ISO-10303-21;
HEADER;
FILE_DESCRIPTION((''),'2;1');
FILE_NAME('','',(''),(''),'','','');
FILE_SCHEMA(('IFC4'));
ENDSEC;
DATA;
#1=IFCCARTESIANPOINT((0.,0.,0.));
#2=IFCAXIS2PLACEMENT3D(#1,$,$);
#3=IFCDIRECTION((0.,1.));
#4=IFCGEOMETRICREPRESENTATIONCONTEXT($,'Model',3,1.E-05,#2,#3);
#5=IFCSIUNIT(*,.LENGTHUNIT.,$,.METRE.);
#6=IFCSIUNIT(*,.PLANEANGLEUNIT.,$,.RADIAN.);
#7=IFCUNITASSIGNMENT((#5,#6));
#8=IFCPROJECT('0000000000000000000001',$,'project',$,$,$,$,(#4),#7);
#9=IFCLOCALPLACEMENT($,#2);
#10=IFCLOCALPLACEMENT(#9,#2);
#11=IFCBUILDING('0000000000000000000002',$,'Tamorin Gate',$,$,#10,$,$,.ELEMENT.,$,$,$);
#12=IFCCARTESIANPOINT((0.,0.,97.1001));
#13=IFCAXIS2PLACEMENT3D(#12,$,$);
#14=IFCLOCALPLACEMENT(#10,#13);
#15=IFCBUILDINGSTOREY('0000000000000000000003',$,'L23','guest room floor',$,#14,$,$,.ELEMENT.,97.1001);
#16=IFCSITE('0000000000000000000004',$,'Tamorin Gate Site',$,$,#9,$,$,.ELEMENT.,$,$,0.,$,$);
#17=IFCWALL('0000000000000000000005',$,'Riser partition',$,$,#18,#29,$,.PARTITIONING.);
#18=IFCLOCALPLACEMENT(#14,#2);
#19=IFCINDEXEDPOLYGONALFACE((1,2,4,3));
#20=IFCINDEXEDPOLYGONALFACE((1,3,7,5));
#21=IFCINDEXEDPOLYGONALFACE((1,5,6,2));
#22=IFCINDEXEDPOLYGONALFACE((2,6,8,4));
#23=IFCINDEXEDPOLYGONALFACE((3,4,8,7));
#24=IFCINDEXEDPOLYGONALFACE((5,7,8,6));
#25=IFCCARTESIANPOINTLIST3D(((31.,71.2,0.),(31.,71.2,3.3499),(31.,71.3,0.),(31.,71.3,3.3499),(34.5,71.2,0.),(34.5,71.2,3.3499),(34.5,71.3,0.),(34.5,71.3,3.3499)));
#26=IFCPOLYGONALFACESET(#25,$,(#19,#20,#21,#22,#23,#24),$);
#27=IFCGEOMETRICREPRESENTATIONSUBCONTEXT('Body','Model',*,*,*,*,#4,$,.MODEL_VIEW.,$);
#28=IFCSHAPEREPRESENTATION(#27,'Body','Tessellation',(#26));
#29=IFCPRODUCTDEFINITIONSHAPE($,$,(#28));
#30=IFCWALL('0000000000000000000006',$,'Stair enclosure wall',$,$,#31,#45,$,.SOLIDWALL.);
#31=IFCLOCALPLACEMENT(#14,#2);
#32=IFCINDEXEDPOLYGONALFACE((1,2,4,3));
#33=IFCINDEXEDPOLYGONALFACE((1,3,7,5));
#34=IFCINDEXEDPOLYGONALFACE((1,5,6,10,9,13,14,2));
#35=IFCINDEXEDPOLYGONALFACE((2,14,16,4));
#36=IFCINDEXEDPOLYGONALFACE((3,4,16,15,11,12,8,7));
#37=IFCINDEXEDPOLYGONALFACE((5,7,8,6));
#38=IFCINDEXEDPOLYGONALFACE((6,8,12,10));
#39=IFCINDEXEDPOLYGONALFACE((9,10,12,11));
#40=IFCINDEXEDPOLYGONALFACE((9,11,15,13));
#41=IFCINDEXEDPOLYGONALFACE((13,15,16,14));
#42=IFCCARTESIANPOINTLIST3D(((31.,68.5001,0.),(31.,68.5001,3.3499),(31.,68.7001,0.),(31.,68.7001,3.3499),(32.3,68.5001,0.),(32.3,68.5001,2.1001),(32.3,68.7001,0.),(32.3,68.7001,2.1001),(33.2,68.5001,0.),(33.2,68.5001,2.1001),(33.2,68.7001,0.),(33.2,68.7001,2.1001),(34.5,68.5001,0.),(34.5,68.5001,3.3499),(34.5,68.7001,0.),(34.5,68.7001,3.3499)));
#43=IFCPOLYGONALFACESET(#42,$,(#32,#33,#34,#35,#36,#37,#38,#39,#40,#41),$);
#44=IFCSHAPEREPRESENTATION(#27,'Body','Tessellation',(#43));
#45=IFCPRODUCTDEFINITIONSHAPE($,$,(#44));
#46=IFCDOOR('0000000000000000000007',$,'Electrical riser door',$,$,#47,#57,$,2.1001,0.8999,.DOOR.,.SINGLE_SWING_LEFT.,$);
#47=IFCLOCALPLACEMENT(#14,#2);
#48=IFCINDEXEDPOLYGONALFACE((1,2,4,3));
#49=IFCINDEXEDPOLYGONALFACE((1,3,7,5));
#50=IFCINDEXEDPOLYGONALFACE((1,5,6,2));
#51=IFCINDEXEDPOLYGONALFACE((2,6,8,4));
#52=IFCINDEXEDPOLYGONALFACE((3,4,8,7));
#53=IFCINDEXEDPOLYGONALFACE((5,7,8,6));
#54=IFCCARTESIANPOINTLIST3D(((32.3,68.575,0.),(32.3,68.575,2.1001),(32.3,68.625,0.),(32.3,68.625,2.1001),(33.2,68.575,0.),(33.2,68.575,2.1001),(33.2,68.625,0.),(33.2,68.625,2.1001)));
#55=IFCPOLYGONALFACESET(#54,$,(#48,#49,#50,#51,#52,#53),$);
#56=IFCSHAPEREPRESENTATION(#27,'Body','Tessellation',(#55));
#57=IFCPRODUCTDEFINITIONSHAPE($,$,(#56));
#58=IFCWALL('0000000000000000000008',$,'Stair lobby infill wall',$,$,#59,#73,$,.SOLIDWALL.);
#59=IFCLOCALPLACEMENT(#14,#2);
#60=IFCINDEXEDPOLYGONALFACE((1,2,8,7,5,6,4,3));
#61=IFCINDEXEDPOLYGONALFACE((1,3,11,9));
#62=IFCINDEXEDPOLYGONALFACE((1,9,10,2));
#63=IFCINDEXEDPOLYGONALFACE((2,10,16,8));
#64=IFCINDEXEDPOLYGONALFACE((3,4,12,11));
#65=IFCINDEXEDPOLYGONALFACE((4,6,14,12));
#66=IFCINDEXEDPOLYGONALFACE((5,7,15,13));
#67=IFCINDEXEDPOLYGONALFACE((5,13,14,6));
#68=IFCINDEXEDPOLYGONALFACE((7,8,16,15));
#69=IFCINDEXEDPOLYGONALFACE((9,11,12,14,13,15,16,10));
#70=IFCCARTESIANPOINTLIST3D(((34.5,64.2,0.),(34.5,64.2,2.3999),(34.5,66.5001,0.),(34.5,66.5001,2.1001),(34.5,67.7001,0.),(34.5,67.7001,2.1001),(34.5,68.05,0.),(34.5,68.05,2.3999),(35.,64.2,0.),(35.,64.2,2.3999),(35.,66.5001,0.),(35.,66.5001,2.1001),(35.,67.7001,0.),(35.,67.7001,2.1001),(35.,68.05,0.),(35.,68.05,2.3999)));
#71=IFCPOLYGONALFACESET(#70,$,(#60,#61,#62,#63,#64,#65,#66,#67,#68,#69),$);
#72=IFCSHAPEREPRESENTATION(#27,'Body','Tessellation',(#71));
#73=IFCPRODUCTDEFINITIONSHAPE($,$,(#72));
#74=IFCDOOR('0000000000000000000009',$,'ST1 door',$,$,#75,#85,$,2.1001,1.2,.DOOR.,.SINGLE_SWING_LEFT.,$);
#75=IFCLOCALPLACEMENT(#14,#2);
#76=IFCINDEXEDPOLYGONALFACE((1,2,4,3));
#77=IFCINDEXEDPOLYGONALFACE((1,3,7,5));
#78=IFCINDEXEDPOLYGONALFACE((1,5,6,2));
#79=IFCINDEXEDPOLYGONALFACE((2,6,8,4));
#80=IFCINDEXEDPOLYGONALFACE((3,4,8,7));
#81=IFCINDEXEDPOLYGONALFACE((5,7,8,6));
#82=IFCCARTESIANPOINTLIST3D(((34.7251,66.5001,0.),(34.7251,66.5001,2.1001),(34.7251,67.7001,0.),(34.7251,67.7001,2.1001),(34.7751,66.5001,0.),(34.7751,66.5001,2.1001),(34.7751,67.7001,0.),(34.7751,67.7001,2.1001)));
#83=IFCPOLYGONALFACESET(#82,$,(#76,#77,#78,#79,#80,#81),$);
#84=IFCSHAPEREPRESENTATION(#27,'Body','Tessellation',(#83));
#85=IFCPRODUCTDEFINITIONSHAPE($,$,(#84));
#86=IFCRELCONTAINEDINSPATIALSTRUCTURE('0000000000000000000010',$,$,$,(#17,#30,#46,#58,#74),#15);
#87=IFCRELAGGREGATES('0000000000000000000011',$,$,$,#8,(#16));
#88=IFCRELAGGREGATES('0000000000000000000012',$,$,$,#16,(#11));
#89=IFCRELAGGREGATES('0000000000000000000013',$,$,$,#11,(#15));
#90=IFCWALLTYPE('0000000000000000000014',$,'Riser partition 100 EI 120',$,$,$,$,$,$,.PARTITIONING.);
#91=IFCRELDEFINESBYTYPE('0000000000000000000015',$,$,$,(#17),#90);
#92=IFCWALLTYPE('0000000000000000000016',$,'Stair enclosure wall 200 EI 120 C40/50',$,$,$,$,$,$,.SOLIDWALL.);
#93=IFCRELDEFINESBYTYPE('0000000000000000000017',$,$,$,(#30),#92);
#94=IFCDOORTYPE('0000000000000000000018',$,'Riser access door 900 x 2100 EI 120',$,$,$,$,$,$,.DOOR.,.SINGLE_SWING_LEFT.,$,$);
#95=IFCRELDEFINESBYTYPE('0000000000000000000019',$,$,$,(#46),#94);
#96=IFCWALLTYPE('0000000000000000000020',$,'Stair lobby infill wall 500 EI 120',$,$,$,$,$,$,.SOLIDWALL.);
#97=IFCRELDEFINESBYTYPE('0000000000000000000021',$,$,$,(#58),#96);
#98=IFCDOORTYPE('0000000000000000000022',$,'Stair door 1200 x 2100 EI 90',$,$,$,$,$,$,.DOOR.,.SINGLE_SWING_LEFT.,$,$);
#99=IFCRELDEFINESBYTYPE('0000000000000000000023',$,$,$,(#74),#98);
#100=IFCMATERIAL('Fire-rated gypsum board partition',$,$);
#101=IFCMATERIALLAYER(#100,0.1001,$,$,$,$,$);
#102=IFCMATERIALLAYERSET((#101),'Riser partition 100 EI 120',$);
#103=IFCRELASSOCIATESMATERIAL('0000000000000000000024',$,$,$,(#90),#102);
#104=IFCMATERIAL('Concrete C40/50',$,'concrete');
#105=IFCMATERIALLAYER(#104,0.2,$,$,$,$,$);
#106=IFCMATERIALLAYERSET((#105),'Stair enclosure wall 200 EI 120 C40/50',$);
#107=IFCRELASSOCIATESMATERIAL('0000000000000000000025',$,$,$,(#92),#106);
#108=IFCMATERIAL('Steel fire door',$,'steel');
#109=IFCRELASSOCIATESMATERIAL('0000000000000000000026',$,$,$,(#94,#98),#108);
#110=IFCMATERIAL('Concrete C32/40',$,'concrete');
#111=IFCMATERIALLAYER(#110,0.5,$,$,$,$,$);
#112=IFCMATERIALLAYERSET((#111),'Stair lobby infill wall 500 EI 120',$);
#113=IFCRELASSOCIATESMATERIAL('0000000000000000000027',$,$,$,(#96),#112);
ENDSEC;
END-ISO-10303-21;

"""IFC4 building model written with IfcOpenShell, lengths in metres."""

from ifc_helpers import new_model, si_unit, direction, frame, frame_2d, origin, place, context, subcontext, project, spatial, rectangle, extrude, material, layer, layer_set, type_object, element, fill, save


model = new_model("IFC4")

# Units and contexts
model_context = context("Model", 3, precision=1e-05, world=origin(), true_north=direction((0.0, 1.0)))
body_context = subcontext(model_context, "Body", "Model", "MODEL_VIEW")
ifc_project = project(units=[si_unit("LENGTHUNIT", "METRE"), si_unit("PLANEANGLEUNIT", "RADIAN")], contexts=[model_context])

# Site, building, storey
site_placement = place(None, origin())
site = spatial("IfcSite", under=ifc_project, at=site_placement, Name="Tamorin Gate Site", CompositionType="ELEMENT", RefElevation=0.0)
building_placement = place(site_placement, origin())
building = spatial("IfcBuilding", under=site, at=building_placement, Name="Tamorin Gate", CompositionType="ELEMENT")
storey_placement = place(building_placement, frame((0.0, 0.0, 97.1001)))
storey = spatial("IfcBuildingStorey", under=building, at=storey_placement, Name="L23", Description="guest room floor", CompositionType="ELEMENT", Elevation=97.1001)

# Shared definitions
ifc_material_1 = material(Name="Concrete C32/40", Category="concrete")

# Wall
ifc_material_2 = material(Name="Fire-rated gypsum board partition")
ifc_layer_1 = layer(ifc_material_2, 0.1001)
ifc_layer_set_1 = layer_set([ifc_layer_1], Name="Riser partition 100 EI 120")
wall_type_1 = type_object("IfcWallType", Name="Riser partition 100 EI 120", PredefinedType="PARTITIONING", material=ifc_layer_set_1)
wall_1_placement = place(storey_placement, frame((31.0, 71.25, 0.0), z_axis=(0.0, 0.0, 1.0), x_axis=(1.0, 0.0, 0.0)))
element("IfcWall", 1, at=wall_1_placement, inside=storey, type_object=wall_type_1, Name="Riser partition", PredefinedType="PARTITIONING", context=body_context, shape_type="SweptSolid", body=[
    extrude(rectangle(XDim=3.5, YDim=0.1001, at=frame_2d((1.75, 0.0))), origin(), (0.0, 0.0, 1.0), 3.3499),
])

# Walls, openings, doors
ifc_material_3 = material(Name="Concrete C40/50", Category="concrete")
ifc_layer_2 = layer(ifc_material_3, 0.2)
ifc_layer_set_2 = layer_set([ifc_layer_2], Name="Stair enclosure wall 200 EI 120 C40/50")
wall_type_2 = type_object("IfcWallType", Name="Stair enclosure wall 200 EI 120 C40/50", PredefinedType="SOLIDWALL", material=ifc_layer_set_2)
wall_2_placement = place(storey_placement, frame((31.0, 68.6001, 0.0), z_axis=(0.0, 0.0, 1.0), x_axis=(1.0, 0.0, 0.0)))
wall_2 = element("IfcWall", 2, at=wall_2_placement, inside=storey, type_object=wall_type_2, Name="Stair enclosure wall", PredefinedType="SOLIDWALL", context=body_context, shape_type="SweptSolid", body=[
    extrude(rectangle(XDim=3.5, YDim=0.2, at=frame_2d((1.75, 0.0))), origin(), (0.0, 0.0, 1.0), 3.3499),
])
opening_1_placement = place(wall_2_placement, frame((1.3, 0.0, 0.0)))
opening_1 = element("IfcOpeningElement", 3, at=opening_1_placement, cuts=wall_2, PredefinedType="OPENING", context=body_context, shape_type="SweptSolid", body=[
    extrude(rectangle(XDim=0.8999, YDim=2.1001, at=frame_2d((0.45, 1.05))), frame((0.0, 0.1099, 0.0), z_axis=(0.0, -1.0, 0.0), x_axis=(1.0, 0.0, 0.0)), (0.0, 0.0, 1.0), 0.22),
])
ifc_material_4 = material(Name="Steel fire door", Category="steel")
door_type_1 = type_object("IfcDoorType", Name="Riser access door 900 x 2100 EI 120", OperationType="SINGLE_SWING_LEFT", PredefinedType="DOOR", material=ifc_material_4)
door_1_placement = place(opening_1_placement, origin())
door_1 = element("IfcDoor", 4, at=door_1_placement, inside=storey, type_object=door_type_1, Name="Electrical riser door", OperationType="SINGLE_SWING_LEFT", OverallHeight=2.1001, OverallWidth=0.8999, PredefinedType="DOOR", context=body_context, shape_type="SweptSolid", body=[
    extrude(rectangle(XDim=0.8999, YDim=2.1001, at=frame_2d((0.45, 1.05))), frame((0.0, 0.0249, 0.0), z_axis=(0.0, -1.0, 0.0), x_axis=(1.0, 0.0, 0.0)), (0.0, 0.0, 1.0), 0.05),
])
fill(opening_1, door_1)
ifc_layer_3 = layer(ifc_material_1, 0.5)
ifc_layer_set_3 = layer_set([ifc_layer_3], Name="Stair lobby infill wall 500 EI 120")
wall_type_3 = type_object("IfcWallType", Name="Stair lobby infill wall 500 EI 120", PredefinedType="SOLIDWALL", material=ifc_layer_set_3)
wall_3_placement = place(storey_placement, frame((34.75, 64.2, 0.0), z_axis=(0.0, 0.0, 1.0), x_axis=(0.0, 1.0, 0.0)))
wall_3 = element("IfcWall", 5, at=wall_3_placement, inside=storey, type_object=wall_type_3, Name="Stair lobby infill wall", PredefinedType="SOLIDWALL", context=body_context, shape_type="SweptSolid", body=[
    extrude(rectangle(XDim=3.8501, YDim=0.5, at=frame_2d((1.925, 0.0))), origin(), (0.0, 0.0, 1.0), 2.3999),
])
opening_2_placement = place(wall_3_placement, frame((2.3, 0.0, 0.0)))
opening_2 = element("IfcOpeningElement", 6, at=opening_2_placement, cuts=wall_3, PredefinedType="OPENING", context=body_context, shape_type="SweptSolid", body=[
    extrude(rectangle(XDim=1.2, YDim=2.1001, at=frame_2d((0.6001, 1.05))), frame((0.0, 0.26, 0.0), z_axis=(0.0, -1.0, 0.0), x_axis=(1.0, 0.0, 0.0)), (0.0, 0.0, 1.0), 0.52),
])
door_type_2 = type_object("IfcDoorType", Name="Stair door 1200 x 2100 EI 90", OperationType="SINGLE_SWING_LEFT", PredefinedType="DOOR", material=ifc_material_4)
door_2_placement = place(opening_2_placement, origin())
door_2 = element("IfcDoor", 7, at=door_2_placement, inside=storey, type_object=door_type_2, Name="ST1 door", OperationType="SINGLE_SWING_LEFT", OverallHeight=2.1001, OverallWidth=1.2, PredefinedType="DOOR", context=body_context, shape_type="SweptSolid", body=[
    extrude(rectangle(XDim=1.2, YDim=2.1001, at=frame_2d((0.6001, 1.05))), frame((0.0, 0.0249, 0.0), z_axis=(0.0, -1.0, 0.0), x_axis=(1.0, 0.0, 0.0)), (0.0, 0.0, 1.0), 0.05),
])
fill(opening_2, door_2)

save(model, "model.ifc")
